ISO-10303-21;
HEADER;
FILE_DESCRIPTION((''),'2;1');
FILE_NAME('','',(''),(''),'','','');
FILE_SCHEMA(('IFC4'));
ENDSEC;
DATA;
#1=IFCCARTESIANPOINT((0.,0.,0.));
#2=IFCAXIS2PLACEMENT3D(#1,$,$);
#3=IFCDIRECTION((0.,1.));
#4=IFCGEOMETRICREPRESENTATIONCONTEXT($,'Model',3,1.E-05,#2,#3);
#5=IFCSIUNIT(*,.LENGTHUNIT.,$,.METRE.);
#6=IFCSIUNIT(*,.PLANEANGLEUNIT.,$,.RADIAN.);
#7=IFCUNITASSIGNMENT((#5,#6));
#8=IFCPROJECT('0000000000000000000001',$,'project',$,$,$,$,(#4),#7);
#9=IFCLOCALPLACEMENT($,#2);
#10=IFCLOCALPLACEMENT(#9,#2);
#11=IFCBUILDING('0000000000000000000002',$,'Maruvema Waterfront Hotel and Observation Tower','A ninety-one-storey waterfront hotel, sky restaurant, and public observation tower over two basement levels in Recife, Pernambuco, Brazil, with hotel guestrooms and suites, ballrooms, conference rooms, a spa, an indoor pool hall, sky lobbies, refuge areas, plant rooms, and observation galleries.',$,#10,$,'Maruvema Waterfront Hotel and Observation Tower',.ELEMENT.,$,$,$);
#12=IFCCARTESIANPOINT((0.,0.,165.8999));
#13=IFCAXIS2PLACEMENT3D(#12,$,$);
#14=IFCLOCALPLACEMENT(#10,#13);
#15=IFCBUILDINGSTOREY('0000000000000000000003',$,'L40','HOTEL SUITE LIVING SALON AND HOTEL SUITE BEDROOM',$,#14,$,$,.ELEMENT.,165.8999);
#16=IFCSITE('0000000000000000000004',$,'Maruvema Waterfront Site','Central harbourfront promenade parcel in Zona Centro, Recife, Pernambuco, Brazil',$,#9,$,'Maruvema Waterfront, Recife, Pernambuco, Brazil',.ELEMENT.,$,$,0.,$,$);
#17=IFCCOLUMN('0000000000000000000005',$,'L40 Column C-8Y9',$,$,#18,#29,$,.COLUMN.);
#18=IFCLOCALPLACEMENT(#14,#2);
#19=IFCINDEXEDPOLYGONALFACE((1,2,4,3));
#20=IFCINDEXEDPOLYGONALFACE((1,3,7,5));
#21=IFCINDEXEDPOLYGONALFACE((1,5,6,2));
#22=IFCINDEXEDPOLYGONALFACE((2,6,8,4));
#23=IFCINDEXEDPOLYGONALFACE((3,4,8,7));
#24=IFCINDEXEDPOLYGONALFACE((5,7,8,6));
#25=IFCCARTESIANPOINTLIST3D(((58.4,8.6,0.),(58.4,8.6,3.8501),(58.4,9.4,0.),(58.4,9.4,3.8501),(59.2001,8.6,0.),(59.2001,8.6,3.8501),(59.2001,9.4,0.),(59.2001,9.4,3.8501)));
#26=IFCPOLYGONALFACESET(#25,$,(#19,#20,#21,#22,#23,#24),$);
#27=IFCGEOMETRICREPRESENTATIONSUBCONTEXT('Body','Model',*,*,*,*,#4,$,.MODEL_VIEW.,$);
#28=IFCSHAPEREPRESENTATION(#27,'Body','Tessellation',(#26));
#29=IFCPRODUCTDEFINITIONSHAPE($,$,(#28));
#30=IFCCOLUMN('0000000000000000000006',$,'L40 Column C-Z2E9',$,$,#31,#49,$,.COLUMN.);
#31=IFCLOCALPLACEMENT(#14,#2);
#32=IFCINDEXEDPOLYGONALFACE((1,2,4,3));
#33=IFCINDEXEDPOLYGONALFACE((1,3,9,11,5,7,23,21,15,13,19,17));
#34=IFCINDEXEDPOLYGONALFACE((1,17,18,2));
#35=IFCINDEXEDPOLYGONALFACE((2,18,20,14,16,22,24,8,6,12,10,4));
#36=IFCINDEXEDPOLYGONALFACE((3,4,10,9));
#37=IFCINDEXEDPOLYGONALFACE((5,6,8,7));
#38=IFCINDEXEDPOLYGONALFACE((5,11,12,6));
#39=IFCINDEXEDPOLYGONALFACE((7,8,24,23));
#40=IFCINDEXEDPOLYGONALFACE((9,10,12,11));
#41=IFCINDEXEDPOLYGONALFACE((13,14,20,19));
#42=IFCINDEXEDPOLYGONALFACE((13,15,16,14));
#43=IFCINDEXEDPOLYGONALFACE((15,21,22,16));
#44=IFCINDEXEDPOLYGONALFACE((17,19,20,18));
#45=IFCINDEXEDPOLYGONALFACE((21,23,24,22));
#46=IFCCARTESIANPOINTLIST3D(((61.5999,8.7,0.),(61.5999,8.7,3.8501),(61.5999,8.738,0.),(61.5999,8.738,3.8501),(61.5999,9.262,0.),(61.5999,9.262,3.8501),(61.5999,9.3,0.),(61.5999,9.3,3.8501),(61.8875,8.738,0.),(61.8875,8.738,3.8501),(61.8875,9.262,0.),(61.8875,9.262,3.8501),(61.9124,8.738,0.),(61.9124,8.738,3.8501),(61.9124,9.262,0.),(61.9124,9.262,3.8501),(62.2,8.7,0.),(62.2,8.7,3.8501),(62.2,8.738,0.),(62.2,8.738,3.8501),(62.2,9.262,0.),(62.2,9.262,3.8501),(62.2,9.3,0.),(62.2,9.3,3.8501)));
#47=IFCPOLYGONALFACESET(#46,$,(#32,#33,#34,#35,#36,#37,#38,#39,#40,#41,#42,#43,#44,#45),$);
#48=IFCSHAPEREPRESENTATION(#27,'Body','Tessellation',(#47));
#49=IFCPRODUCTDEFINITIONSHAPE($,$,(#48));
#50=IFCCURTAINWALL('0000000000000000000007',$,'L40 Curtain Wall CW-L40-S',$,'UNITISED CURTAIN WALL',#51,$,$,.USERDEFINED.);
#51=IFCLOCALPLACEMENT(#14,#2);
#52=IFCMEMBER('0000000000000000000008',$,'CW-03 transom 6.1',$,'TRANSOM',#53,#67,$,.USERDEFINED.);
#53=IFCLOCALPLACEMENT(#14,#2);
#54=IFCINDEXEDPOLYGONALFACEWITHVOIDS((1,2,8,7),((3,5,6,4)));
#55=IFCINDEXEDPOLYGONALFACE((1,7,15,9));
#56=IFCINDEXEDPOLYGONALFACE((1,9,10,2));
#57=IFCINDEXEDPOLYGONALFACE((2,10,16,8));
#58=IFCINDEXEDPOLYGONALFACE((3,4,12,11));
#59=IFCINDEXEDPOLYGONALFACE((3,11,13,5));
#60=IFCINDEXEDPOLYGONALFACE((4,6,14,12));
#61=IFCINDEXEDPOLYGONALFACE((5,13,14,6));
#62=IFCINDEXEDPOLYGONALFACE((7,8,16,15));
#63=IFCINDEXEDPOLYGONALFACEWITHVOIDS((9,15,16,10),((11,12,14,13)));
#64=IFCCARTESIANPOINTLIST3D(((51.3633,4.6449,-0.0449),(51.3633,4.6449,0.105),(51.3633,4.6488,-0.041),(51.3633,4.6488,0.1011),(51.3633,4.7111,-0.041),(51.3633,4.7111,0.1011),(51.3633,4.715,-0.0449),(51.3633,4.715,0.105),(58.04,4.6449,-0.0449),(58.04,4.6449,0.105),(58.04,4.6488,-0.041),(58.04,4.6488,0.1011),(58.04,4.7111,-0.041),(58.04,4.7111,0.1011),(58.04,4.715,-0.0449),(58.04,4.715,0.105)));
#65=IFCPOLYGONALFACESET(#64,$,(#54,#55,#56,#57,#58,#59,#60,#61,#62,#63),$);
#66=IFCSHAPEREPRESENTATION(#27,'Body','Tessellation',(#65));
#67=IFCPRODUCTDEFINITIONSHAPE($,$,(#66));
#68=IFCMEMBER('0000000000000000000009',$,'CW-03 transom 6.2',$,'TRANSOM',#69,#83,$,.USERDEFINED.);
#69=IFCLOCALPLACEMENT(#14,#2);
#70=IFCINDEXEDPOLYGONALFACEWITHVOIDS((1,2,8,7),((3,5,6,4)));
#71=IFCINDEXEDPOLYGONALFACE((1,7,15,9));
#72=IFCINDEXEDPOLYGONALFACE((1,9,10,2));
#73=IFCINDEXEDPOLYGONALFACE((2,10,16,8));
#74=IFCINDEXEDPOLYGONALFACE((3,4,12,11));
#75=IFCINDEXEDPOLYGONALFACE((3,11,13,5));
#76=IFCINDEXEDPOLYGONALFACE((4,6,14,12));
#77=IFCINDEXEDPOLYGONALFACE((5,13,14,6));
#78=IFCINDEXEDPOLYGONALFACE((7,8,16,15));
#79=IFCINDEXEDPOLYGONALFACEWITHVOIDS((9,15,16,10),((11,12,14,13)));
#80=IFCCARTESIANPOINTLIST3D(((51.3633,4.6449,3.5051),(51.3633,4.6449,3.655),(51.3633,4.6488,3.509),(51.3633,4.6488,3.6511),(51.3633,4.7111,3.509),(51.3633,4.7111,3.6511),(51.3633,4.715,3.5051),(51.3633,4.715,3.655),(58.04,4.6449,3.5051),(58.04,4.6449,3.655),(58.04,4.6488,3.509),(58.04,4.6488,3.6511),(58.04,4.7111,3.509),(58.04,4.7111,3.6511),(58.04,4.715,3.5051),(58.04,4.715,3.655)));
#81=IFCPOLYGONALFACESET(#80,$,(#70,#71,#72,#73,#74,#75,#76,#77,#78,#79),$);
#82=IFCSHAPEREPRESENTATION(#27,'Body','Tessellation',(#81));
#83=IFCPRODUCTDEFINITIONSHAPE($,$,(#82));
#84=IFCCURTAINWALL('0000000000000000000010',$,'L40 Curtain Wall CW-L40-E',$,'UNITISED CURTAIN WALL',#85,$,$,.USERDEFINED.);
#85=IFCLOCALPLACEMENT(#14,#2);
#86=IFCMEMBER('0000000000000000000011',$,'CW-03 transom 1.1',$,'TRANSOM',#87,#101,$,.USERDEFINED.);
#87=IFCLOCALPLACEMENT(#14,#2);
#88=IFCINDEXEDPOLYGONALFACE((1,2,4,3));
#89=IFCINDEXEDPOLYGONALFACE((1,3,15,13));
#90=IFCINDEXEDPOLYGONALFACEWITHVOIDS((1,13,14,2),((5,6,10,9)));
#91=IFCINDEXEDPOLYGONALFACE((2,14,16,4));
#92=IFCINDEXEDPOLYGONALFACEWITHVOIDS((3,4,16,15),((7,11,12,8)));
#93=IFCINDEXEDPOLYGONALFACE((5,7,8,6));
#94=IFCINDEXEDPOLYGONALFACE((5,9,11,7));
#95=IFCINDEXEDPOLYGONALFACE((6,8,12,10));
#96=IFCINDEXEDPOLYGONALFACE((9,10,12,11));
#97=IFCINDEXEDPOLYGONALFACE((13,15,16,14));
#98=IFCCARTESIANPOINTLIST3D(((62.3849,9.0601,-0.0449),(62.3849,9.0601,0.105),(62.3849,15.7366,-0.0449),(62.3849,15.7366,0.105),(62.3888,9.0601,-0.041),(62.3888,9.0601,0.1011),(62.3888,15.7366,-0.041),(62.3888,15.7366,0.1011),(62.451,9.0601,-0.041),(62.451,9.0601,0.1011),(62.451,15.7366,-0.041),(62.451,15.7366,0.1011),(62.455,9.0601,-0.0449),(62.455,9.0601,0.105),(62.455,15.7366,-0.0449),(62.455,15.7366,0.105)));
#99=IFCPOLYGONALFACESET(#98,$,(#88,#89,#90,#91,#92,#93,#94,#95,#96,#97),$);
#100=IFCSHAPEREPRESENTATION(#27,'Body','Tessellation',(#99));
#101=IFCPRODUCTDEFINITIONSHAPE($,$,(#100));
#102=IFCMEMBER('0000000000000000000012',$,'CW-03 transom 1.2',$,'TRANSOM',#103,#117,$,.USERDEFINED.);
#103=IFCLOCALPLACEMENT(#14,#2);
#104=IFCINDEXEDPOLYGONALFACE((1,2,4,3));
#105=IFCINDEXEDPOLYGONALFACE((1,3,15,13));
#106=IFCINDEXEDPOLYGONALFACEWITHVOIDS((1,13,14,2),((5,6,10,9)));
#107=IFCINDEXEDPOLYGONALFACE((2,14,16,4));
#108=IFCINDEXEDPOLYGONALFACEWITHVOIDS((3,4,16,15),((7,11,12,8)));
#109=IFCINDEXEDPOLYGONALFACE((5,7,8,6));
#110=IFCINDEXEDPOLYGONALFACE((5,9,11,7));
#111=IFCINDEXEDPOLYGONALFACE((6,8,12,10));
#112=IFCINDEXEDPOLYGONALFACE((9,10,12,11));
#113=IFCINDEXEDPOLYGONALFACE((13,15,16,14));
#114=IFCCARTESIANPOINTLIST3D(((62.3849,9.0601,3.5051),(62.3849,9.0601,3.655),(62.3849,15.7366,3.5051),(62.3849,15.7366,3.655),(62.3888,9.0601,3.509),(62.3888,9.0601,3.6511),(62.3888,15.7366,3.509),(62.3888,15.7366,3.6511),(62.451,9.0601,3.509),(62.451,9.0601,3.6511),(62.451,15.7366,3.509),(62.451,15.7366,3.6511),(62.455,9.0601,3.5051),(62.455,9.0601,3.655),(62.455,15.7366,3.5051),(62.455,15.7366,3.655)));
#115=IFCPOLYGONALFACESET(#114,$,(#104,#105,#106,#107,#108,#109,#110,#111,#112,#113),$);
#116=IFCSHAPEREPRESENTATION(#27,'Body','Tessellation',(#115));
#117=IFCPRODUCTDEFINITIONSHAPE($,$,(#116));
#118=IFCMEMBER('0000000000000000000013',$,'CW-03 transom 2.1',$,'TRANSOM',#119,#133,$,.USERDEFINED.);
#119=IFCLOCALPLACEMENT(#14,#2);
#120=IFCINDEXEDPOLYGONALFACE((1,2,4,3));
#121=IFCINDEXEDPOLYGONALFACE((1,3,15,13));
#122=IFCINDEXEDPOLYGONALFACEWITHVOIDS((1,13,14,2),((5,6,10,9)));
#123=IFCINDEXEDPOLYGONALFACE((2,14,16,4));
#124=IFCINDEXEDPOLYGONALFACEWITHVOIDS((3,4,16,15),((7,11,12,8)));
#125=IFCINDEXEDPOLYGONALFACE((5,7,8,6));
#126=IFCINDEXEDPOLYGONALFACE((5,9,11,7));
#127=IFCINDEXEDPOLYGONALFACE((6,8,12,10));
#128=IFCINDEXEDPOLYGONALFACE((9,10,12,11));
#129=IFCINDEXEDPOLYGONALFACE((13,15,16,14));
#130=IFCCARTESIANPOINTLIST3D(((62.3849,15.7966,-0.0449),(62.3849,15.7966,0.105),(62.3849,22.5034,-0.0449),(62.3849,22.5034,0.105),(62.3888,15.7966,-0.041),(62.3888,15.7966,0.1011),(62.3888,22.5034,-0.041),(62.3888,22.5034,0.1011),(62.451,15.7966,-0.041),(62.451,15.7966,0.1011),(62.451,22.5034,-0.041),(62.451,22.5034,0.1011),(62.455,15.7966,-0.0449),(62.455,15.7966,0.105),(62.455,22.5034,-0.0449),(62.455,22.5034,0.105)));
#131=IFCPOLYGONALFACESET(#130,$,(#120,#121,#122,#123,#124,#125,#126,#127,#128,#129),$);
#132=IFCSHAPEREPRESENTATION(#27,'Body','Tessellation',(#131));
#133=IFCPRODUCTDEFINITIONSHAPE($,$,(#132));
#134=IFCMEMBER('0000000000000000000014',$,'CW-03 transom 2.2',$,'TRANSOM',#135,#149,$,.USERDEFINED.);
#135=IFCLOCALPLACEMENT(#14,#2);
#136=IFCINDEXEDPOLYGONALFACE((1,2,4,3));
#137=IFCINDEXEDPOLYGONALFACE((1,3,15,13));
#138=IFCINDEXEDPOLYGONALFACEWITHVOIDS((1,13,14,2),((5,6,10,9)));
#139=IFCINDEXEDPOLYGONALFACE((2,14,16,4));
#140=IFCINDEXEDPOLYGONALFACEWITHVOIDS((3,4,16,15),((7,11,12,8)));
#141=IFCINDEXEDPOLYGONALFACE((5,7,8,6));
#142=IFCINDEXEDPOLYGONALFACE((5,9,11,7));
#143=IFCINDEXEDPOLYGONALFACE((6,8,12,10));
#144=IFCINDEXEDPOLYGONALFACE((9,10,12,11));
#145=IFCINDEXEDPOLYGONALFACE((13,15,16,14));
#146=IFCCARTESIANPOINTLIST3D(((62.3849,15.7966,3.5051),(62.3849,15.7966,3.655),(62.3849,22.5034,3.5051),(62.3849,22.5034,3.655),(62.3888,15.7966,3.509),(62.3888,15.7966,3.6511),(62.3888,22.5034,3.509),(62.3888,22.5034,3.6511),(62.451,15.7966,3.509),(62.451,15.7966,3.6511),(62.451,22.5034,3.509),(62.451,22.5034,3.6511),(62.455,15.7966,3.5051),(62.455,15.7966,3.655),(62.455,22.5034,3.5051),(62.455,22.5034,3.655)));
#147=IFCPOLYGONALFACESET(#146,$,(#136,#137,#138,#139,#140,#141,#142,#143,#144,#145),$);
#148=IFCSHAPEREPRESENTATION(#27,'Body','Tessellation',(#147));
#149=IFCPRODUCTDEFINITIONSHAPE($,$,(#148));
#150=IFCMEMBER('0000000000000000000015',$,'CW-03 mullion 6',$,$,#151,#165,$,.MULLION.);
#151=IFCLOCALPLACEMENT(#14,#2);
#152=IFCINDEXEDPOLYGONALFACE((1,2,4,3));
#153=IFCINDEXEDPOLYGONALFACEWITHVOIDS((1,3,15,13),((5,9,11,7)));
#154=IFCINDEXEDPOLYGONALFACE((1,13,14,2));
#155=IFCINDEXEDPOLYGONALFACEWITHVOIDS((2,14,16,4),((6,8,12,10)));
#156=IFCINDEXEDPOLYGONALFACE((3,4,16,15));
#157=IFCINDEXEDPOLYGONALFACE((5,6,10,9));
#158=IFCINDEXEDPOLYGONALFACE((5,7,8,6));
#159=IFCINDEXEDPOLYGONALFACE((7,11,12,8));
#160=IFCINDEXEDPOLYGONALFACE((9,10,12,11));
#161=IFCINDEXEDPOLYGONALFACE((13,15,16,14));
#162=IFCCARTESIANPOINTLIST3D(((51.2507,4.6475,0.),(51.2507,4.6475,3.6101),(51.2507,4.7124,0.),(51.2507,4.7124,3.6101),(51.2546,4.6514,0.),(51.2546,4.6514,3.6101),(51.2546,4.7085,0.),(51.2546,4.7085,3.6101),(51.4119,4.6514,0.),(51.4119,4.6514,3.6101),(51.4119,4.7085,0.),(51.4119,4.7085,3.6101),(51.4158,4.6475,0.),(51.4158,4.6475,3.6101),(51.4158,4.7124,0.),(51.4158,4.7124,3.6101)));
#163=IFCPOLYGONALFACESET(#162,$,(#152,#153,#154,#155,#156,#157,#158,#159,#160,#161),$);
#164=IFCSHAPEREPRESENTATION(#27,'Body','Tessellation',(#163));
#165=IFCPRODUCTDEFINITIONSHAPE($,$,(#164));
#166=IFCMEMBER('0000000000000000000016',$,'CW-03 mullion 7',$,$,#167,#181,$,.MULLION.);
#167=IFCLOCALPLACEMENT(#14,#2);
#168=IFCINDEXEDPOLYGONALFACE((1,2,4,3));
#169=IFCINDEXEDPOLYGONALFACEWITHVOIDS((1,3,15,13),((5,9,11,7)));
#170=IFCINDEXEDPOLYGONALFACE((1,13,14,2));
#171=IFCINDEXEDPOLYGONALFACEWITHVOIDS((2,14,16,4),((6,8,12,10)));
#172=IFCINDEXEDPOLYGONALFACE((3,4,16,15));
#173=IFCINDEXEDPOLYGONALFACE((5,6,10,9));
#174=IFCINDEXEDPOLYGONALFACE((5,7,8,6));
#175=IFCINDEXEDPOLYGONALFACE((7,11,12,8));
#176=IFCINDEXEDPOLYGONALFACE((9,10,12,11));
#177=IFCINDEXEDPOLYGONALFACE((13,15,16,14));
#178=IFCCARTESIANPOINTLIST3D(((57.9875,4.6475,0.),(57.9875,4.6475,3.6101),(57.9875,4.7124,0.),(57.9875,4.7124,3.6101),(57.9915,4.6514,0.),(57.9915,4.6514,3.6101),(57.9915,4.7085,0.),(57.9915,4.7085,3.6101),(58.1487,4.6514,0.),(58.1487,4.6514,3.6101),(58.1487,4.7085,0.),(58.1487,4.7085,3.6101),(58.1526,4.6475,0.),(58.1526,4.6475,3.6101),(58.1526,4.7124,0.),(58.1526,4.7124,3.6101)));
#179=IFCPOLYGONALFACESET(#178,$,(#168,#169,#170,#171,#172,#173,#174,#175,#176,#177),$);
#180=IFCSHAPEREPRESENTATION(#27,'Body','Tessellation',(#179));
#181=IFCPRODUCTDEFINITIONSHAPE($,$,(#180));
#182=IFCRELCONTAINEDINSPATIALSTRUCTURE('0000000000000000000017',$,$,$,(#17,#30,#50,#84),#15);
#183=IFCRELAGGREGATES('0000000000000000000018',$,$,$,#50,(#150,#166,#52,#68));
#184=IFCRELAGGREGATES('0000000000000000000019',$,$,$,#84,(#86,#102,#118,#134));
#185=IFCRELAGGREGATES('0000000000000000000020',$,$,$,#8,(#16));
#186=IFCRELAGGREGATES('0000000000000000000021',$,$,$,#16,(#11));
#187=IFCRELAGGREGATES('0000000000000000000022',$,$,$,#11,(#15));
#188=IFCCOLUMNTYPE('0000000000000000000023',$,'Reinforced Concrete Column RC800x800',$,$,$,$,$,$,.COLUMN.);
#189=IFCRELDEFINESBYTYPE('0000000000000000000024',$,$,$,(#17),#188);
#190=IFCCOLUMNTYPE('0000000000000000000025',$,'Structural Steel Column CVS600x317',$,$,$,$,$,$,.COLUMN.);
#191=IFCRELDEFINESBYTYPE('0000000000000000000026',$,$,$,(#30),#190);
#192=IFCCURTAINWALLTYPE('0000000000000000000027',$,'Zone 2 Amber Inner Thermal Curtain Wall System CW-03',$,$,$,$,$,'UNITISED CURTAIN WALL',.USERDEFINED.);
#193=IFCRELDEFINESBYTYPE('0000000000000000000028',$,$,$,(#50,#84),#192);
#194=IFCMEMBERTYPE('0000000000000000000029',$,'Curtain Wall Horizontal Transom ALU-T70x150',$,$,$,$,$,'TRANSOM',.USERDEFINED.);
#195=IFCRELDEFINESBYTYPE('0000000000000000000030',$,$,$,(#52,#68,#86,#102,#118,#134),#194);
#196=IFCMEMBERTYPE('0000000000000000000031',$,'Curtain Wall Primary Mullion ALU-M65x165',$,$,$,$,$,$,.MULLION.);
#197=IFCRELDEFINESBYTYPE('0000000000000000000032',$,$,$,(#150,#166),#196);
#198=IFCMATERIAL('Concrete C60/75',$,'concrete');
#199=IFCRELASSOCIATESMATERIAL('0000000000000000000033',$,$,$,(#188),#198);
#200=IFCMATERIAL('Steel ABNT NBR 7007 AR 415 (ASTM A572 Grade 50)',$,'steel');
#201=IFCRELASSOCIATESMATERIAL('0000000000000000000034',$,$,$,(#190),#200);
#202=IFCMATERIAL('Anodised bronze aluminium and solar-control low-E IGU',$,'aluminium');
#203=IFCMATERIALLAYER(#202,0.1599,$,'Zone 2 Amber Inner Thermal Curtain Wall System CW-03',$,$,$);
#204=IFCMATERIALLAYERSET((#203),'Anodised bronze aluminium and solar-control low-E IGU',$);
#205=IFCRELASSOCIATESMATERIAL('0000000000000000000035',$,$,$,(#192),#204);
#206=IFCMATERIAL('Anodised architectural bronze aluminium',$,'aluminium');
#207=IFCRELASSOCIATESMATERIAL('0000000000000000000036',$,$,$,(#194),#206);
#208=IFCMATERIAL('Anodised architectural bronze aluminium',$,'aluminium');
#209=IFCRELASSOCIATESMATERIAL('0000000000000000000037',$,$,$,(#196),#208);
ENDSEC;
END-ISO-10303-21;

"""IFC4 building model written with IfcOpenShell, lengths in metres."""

from ifc_helpers import new_model, si_unit, direction, frame, origin, origin_2d, place, context, subcontext, project, spatial, rectangle, hollow_rectangle, i_section, extrude, material, layer, layer_set, material_profile, profile_set, type_object, element, aggregate, save


model = new_model("IFC4")

# Units and contexts
model_context = context("Model", 3, precision=1e-05, world=origin(), true_north=direction((0.0, 1.0)))
body_context = subcontext(model_context, "Body", "Model", "MODEL_VIEW")
ifc_project = project(units=[si_unit("LENGTHUNIT", "METRE"), si_unit("PLANEANGLEUNIT", "RADIAN")], contexts=[model_context])

# Site, building, storey
site_placement = place(None, origin())
site = spatial("IfcSite", under=ifc_project, at=site_placement, Name="Maruvema Waterfront Site", Description="Central harbourfront promenade parcel in Zona Centro, Recife, Pernambuco, Brazil", LongName="Maruvema Waterfront, Recife, Pernambuco, Brazil", CompositionType="ELEMENT", RefElevation=0.0)
building_placement = place(site_placement, origin())
building = spatial("IfcBuilding", under=site, at=building_placement, Name="Maruvema Waterfront Hotel and Observation Tower", Description="A ninety-one-storey waterfront hotel, sky restaurant, and public observation tower over two basement levels in Recife, Pernambuco, Brazil, with hotel guestrooms and suites, ballrooms, conference rooms, a spa, an indoor pool hall, sky lobbies, refuge areas, plant rooms, and observation galleries.", LongName="Maruvema Waterfront Hotel and Observation Tower", CompositionType="ELEMENT")
storey_placement = place(building_placement, frame((0.0, 0.0, 165.8999)))
storey = spatial("IfcBuildingStorey", under=building, at=storey_placement, Name="L40", Description="HOTEL SUITE LIVING SALON AND HOTEL SUITE BEDROOM", CompositionType="ELEMENT", Elevation=165.8999)

# Columns
ifc_material_1 = material(Name="Concrete C60/75", Category="concrete")
ifc_material_profile_1 = material_profile(ifc_material_1, rectangle(XDim=0.8, YDim=0.8, at=origin_2d()), Name="RC800x800")
ifc_profile_set_1 = profile_set([ifc_material_profile_1], Name="Concrete C60/75")
column_type_1 = type_object("IfcColumnType", Name="Reinforced Concrete Column RC800x800", PredefinedType="COLUMN", material=ifc_profile_set_1)
column_1_placement = place(storey_placement, frame((58.8, 9.0, 0.0), z_axis=(0.0, 0.0, 1.0), x_axis=(1.0, 0.0, 0.0)))
element("IfcColumn", 1, at=column_1_placement, inside=storey, type_object=column_type_1, Name="L40 Column C-8Y9", PredefinedType="COLUMN", context=body_context, shape_type="SweptSolid", body=[
    extrude(rectangle(XDim=0.8, YDim=0.8, at=origin_2d()), origin(), (0.0, 0.0, 1.0), 3.8501),
])
ifc_material_2 = material(Name="Steel ABNT NBR 7007 AR 415 (ASTM A572 Grade 50)", Category="steel")
ifc_material_profile_2 = material_profile(ifc_material_2, i_section(OverallWidth=0.6001, OverallDepth=0.6001, WebThickness=0.0249, FlangeThickness=0.0381, at=origin_2d()), Name="CVS600x317")
ifc_profile_set_2 = profile_set([ifc_material_profile_2], Name="Steel ABNT NBR 7007 AR 415 (ASTM A572 Grade 50)")
column_type_2 = type_object("IfcColumnType", Name="Structural Steel Column CVS600x317", PredefinedType="COLUMN", material=ifc_profile_set_2)
column_2_placement = place(storey_placement, frame((61.8999, 9.0, 0.0), z_axis=(0.0, 0.0, 1.0), x_axis=(1.0, 0.0, 0.0)))
element("IfcColumn", 2, at=column_2_placement, inside=storey, type_object=column_type_2, Name="L40 Column C-Z2E9", PredefinedType="COLUMN", context=body_context, shape_type="SweptSolid", body=[
    extrude(i_section(OverallWidth=0.6001, OverallDepth=0.6001, WebThickness=0.0249, FlangeThickness=0.0381, at=origin_2d()), origin(), (0.0, 0.0, 1.0), 3.8501),
])

# Curtain walls, members
ifc_material_3 = material(Name="Anodised bronze aluminium and solar-control low-E IGU", Category="aluminium")
ifc_layer_1 = layer(ifc_material_3, 0.1599, Name="Zone 2 Amber Inner Thermal Curtain Wall System CW-03")
ifc_layer_set_1 = layer_set([ifc_layer_1], Name="Anodised bronze aluminium and solar-control low-E IGU")
curtain_wall_type = type_object("IfcCurtainWallType", Name="Zone 2 Amber Inner Thermal Curtain Wall System CW-03", ElementType="UNITISED CURTAIN WALL", PredefinedType="USERDEFINED", material=ifc_layer_set_1)
curtain_wall_1_placement = place(storey_placement, origin())
curtain_wall_1 = element("IfcCurtainWall", 3, at=curtain_wall_1_placement, inside=storey, type_object=curtain_wall_type, Name="L40 Curtain Wall CW-L40-S", ObjectType="UNITISED CURTAIN WALL", PredefinedType="USERDEFINED")
ifc_material_4 = material(Name="Anodised architectural bronze aluminium", Category="aluminium")
ifc_material_profile_3 = material_profile(ifc_material_4, hollow_rectangle(XDim=0.0701, YDim=0.1499, WallThickness=0.0039, at=origin_2d()), Name="ALU-T70x150")
ifc_profile_set_3 = profile_set([ifc_material_profile_3], Name="Anodised architectural bronze aluminium")
member_type_1 = type_object("IfcMemberType", Name="Curtain Wall Horizontal Transom ALU-T70x150", ElementType="TRANSOM", PredefinedType="USERDEFINED", material=ifc_profile_set_3)
member_1_placement = place(storey_placement, frame((51.3633, 4.6799, 0.03), z_axis=(1.0, 0.0, 0.0), x_axis=(0.0, 1.0, 0.0)))
member_1 = element("IfcMember", 4, at=member_1_placement, type_object=member_type_1, Name="CW-03 transom 6.1", ObjectType="TRANSOM", PredefinedType="USERDEFINED", context=body_context, shape_type="SweptSolid", body=[
    extrude(hollow_rectangle(XDim=0.0701, YDim=0.1499, WallThickness=0.0039, at=origin_2d()), origin(), (0.0, 0.0, 1.0), 6.6768),
])
member_2_placement = place(storey_placement, frame((51.3633, 4.6799, 3.5801), z_axis=(1.0, 0.0, 0.0), x_axis=(0.0, 1.0, 0.0)))
member_2 = element("IfcMember", 5, at=member_2_placement, type_object=member_type_1, Name="CW-03 transom 6.2", ObjectType="TRANSOM", PredefinedType="USERDEFINED", context=body_context, shape_type="SweptSolid", body=[
    extrude(hollow_rectangle(XDim=0.0701, YDim=0.1499, WallThickness=0.0039, at=origin_2d()), origin(), (0.0, 0.0, 1.0), 6.6768),
])
curtain_wall_2_placement = place(storey_placement, origin())
curtain_wall_2 = element("IfcCurtainWall", 6, at=curtain_wall_2_placement, inside=storey, type_object=curtain_wall_type, Name="L40 Curtain Wall CW-L40-E", ObjectType="UNITISED CURTAIN WALL", PredefinedType="USERDEFINED")
member_3_placement = place(storey_placement, frame((62.4199, 9.0601, 0.03), z_axis=(0.0, 1.0, 0.0), x_axis=(-1.0, 0.0, 0.0)))
member_3 = element("IfcMember", 7, at=member_3_placement, type_object=member_type_1, Name="CW-03 transom 1.1", ObjectType="TRANSOM", PredefinedType="USERDEFINED", context=body_context, shape_type="SweptSolid", body=[
    extrude(hollow_rectangle(XDim=0.0701, YDim=0.1499, WallThickness=0.0039, at=origin_2d()), origin(), (0.0, 0.0, 1.0), 6.6765),
])
member_4_placement = place(storey_placement, frame((62.4199, 9.0601, 3.5801), z_axis=(0.0, 1.0, 0.0), x_axis=(-1.0, 0.0, 0.0)))
member_4 = element("IfcMember", 8, at=member_4_placement, type_object=member_type_1, Name="CW-03 transom 1.2", ObjectType="TRANSOM", PredefinedType="USERDEFINED", context=body_context, shape_type="SweptSolid", body=[
    extrude(hollow_rectangle(XDim=0.0701, YDim=0.1499, WallThickness=0.0039, at=origin_2d()), origin(), (0.0, 0.0, 1.0), 6.6765),
])
member_5_placement = place(storey_placement, frame((62.4199, 15.7966, 0.03), z_axis=(0.0, 1.0, 0.0), x_axis=(-1.0, 0.0, 0.0)))
member_5 = element("IfcMember", 9, at=member_5_placement, type_object=member_type_1, Name="CW-03 transom 2.1", ObjectType="TRANSOM", PredefinedType="USERDEFINED", context=body_context, shape_type="SweptSolid", body=[
    extrude(hollow_rectangle(XDim=0.0701, YDim=0.1499, WallThickness=0.0039, at=origin_2d()), origin(), (0.0, 0.0, 1.0), 6.7068),
])
member_6_placement = place(storey_placement, frame((62.4199, 15.7966, 3.5801), z_axis=(0.0, 1.0, 0.0), x_axis=(-1.0, 0.0, 0.0)))
member_6 = element("IfcMember", 10, at=member_6_placement, type_object=member_type_1, Name="CW-03 transom 2.2", ObjectType="TRANSOM", PredefinedType="USERDEFINED", context=body_context, shape_type="SweptSolid", body=[
    extrude(hollow_rectangle(XDim=0.0701, YDim=0.1499, WallThickness=0.0039, at=origin_2d()), origin(), (0.0, 0.0, 1.0), 6.7068),
])

# Members
ifc_material_5 = material(Name="Anodised architectural bronze aluminium", Category="aluminium")
ifc_material_profile_4 = material_profile(ifc_material_5, hollow_rectangle(XDim=0.0649, YDim=0.165, WallThickness=0.0039, at=origin_2d()), Name="ALU-M65x165")
ifc_profile_set_4 = profile_set([ifc_material_profile_4], Name="Anodised architectural bronze aluminium")
member_type_2 = type_object("IfcMemberType", Name="Curtain Wall Primary Mullion ALU-M65x165", PredefinedType="MULLION", material=ifc_profile_set_4)
member_7_placement = place(storey_placement, frame((51.3333, 4.6799, 0.0), z_axis=(0.0, 0.0, 1.0), x_axis=(0.0, 1.0, 0.0)))
member_7 = element("IfcMember", 11, at=member_7_placement, type_object=member_type_2, Name="CW-03 mullion 6", PredefinedType="MULLION", context=body_context, shape_type="SweptSolid", body=[
    extrude(hollow_rectangle(XDim=0.0649, YDim=0.165, WallThickness=0.0039, at=origin_2d()), origin(), (0.0, 0.0, 1.0), 3.6101),
])
member_8_placement = place(storey_placement, frame((58.0701, 4.6799, 0.0), z_axis=(0.0, 0.0, 1.0), x_axis=(0.0, 1.0, 0.0)))
member_8 = element("IfcMember", 12, at=member_8_placement, type_object=member_type_2, Name="CW-03 mullion 7", PredefinedType="MULLION", context=body_context, shape_type="SweptSolid", body=[
    extrude(hollow_rectangle(XDim=0.0649, YDim=0.165, WallThickness=0.0039, at=origin_2d()), origin(), (0.0, 0.0, 1.0), 3.6101),
])

aggregate(curtain_wall_1, [member_7, member_8, member_1, member_2])
aggregate(curtain_wall_2, [member_3, member_4, member_5, member_6])

save(model, "model.ifc")
